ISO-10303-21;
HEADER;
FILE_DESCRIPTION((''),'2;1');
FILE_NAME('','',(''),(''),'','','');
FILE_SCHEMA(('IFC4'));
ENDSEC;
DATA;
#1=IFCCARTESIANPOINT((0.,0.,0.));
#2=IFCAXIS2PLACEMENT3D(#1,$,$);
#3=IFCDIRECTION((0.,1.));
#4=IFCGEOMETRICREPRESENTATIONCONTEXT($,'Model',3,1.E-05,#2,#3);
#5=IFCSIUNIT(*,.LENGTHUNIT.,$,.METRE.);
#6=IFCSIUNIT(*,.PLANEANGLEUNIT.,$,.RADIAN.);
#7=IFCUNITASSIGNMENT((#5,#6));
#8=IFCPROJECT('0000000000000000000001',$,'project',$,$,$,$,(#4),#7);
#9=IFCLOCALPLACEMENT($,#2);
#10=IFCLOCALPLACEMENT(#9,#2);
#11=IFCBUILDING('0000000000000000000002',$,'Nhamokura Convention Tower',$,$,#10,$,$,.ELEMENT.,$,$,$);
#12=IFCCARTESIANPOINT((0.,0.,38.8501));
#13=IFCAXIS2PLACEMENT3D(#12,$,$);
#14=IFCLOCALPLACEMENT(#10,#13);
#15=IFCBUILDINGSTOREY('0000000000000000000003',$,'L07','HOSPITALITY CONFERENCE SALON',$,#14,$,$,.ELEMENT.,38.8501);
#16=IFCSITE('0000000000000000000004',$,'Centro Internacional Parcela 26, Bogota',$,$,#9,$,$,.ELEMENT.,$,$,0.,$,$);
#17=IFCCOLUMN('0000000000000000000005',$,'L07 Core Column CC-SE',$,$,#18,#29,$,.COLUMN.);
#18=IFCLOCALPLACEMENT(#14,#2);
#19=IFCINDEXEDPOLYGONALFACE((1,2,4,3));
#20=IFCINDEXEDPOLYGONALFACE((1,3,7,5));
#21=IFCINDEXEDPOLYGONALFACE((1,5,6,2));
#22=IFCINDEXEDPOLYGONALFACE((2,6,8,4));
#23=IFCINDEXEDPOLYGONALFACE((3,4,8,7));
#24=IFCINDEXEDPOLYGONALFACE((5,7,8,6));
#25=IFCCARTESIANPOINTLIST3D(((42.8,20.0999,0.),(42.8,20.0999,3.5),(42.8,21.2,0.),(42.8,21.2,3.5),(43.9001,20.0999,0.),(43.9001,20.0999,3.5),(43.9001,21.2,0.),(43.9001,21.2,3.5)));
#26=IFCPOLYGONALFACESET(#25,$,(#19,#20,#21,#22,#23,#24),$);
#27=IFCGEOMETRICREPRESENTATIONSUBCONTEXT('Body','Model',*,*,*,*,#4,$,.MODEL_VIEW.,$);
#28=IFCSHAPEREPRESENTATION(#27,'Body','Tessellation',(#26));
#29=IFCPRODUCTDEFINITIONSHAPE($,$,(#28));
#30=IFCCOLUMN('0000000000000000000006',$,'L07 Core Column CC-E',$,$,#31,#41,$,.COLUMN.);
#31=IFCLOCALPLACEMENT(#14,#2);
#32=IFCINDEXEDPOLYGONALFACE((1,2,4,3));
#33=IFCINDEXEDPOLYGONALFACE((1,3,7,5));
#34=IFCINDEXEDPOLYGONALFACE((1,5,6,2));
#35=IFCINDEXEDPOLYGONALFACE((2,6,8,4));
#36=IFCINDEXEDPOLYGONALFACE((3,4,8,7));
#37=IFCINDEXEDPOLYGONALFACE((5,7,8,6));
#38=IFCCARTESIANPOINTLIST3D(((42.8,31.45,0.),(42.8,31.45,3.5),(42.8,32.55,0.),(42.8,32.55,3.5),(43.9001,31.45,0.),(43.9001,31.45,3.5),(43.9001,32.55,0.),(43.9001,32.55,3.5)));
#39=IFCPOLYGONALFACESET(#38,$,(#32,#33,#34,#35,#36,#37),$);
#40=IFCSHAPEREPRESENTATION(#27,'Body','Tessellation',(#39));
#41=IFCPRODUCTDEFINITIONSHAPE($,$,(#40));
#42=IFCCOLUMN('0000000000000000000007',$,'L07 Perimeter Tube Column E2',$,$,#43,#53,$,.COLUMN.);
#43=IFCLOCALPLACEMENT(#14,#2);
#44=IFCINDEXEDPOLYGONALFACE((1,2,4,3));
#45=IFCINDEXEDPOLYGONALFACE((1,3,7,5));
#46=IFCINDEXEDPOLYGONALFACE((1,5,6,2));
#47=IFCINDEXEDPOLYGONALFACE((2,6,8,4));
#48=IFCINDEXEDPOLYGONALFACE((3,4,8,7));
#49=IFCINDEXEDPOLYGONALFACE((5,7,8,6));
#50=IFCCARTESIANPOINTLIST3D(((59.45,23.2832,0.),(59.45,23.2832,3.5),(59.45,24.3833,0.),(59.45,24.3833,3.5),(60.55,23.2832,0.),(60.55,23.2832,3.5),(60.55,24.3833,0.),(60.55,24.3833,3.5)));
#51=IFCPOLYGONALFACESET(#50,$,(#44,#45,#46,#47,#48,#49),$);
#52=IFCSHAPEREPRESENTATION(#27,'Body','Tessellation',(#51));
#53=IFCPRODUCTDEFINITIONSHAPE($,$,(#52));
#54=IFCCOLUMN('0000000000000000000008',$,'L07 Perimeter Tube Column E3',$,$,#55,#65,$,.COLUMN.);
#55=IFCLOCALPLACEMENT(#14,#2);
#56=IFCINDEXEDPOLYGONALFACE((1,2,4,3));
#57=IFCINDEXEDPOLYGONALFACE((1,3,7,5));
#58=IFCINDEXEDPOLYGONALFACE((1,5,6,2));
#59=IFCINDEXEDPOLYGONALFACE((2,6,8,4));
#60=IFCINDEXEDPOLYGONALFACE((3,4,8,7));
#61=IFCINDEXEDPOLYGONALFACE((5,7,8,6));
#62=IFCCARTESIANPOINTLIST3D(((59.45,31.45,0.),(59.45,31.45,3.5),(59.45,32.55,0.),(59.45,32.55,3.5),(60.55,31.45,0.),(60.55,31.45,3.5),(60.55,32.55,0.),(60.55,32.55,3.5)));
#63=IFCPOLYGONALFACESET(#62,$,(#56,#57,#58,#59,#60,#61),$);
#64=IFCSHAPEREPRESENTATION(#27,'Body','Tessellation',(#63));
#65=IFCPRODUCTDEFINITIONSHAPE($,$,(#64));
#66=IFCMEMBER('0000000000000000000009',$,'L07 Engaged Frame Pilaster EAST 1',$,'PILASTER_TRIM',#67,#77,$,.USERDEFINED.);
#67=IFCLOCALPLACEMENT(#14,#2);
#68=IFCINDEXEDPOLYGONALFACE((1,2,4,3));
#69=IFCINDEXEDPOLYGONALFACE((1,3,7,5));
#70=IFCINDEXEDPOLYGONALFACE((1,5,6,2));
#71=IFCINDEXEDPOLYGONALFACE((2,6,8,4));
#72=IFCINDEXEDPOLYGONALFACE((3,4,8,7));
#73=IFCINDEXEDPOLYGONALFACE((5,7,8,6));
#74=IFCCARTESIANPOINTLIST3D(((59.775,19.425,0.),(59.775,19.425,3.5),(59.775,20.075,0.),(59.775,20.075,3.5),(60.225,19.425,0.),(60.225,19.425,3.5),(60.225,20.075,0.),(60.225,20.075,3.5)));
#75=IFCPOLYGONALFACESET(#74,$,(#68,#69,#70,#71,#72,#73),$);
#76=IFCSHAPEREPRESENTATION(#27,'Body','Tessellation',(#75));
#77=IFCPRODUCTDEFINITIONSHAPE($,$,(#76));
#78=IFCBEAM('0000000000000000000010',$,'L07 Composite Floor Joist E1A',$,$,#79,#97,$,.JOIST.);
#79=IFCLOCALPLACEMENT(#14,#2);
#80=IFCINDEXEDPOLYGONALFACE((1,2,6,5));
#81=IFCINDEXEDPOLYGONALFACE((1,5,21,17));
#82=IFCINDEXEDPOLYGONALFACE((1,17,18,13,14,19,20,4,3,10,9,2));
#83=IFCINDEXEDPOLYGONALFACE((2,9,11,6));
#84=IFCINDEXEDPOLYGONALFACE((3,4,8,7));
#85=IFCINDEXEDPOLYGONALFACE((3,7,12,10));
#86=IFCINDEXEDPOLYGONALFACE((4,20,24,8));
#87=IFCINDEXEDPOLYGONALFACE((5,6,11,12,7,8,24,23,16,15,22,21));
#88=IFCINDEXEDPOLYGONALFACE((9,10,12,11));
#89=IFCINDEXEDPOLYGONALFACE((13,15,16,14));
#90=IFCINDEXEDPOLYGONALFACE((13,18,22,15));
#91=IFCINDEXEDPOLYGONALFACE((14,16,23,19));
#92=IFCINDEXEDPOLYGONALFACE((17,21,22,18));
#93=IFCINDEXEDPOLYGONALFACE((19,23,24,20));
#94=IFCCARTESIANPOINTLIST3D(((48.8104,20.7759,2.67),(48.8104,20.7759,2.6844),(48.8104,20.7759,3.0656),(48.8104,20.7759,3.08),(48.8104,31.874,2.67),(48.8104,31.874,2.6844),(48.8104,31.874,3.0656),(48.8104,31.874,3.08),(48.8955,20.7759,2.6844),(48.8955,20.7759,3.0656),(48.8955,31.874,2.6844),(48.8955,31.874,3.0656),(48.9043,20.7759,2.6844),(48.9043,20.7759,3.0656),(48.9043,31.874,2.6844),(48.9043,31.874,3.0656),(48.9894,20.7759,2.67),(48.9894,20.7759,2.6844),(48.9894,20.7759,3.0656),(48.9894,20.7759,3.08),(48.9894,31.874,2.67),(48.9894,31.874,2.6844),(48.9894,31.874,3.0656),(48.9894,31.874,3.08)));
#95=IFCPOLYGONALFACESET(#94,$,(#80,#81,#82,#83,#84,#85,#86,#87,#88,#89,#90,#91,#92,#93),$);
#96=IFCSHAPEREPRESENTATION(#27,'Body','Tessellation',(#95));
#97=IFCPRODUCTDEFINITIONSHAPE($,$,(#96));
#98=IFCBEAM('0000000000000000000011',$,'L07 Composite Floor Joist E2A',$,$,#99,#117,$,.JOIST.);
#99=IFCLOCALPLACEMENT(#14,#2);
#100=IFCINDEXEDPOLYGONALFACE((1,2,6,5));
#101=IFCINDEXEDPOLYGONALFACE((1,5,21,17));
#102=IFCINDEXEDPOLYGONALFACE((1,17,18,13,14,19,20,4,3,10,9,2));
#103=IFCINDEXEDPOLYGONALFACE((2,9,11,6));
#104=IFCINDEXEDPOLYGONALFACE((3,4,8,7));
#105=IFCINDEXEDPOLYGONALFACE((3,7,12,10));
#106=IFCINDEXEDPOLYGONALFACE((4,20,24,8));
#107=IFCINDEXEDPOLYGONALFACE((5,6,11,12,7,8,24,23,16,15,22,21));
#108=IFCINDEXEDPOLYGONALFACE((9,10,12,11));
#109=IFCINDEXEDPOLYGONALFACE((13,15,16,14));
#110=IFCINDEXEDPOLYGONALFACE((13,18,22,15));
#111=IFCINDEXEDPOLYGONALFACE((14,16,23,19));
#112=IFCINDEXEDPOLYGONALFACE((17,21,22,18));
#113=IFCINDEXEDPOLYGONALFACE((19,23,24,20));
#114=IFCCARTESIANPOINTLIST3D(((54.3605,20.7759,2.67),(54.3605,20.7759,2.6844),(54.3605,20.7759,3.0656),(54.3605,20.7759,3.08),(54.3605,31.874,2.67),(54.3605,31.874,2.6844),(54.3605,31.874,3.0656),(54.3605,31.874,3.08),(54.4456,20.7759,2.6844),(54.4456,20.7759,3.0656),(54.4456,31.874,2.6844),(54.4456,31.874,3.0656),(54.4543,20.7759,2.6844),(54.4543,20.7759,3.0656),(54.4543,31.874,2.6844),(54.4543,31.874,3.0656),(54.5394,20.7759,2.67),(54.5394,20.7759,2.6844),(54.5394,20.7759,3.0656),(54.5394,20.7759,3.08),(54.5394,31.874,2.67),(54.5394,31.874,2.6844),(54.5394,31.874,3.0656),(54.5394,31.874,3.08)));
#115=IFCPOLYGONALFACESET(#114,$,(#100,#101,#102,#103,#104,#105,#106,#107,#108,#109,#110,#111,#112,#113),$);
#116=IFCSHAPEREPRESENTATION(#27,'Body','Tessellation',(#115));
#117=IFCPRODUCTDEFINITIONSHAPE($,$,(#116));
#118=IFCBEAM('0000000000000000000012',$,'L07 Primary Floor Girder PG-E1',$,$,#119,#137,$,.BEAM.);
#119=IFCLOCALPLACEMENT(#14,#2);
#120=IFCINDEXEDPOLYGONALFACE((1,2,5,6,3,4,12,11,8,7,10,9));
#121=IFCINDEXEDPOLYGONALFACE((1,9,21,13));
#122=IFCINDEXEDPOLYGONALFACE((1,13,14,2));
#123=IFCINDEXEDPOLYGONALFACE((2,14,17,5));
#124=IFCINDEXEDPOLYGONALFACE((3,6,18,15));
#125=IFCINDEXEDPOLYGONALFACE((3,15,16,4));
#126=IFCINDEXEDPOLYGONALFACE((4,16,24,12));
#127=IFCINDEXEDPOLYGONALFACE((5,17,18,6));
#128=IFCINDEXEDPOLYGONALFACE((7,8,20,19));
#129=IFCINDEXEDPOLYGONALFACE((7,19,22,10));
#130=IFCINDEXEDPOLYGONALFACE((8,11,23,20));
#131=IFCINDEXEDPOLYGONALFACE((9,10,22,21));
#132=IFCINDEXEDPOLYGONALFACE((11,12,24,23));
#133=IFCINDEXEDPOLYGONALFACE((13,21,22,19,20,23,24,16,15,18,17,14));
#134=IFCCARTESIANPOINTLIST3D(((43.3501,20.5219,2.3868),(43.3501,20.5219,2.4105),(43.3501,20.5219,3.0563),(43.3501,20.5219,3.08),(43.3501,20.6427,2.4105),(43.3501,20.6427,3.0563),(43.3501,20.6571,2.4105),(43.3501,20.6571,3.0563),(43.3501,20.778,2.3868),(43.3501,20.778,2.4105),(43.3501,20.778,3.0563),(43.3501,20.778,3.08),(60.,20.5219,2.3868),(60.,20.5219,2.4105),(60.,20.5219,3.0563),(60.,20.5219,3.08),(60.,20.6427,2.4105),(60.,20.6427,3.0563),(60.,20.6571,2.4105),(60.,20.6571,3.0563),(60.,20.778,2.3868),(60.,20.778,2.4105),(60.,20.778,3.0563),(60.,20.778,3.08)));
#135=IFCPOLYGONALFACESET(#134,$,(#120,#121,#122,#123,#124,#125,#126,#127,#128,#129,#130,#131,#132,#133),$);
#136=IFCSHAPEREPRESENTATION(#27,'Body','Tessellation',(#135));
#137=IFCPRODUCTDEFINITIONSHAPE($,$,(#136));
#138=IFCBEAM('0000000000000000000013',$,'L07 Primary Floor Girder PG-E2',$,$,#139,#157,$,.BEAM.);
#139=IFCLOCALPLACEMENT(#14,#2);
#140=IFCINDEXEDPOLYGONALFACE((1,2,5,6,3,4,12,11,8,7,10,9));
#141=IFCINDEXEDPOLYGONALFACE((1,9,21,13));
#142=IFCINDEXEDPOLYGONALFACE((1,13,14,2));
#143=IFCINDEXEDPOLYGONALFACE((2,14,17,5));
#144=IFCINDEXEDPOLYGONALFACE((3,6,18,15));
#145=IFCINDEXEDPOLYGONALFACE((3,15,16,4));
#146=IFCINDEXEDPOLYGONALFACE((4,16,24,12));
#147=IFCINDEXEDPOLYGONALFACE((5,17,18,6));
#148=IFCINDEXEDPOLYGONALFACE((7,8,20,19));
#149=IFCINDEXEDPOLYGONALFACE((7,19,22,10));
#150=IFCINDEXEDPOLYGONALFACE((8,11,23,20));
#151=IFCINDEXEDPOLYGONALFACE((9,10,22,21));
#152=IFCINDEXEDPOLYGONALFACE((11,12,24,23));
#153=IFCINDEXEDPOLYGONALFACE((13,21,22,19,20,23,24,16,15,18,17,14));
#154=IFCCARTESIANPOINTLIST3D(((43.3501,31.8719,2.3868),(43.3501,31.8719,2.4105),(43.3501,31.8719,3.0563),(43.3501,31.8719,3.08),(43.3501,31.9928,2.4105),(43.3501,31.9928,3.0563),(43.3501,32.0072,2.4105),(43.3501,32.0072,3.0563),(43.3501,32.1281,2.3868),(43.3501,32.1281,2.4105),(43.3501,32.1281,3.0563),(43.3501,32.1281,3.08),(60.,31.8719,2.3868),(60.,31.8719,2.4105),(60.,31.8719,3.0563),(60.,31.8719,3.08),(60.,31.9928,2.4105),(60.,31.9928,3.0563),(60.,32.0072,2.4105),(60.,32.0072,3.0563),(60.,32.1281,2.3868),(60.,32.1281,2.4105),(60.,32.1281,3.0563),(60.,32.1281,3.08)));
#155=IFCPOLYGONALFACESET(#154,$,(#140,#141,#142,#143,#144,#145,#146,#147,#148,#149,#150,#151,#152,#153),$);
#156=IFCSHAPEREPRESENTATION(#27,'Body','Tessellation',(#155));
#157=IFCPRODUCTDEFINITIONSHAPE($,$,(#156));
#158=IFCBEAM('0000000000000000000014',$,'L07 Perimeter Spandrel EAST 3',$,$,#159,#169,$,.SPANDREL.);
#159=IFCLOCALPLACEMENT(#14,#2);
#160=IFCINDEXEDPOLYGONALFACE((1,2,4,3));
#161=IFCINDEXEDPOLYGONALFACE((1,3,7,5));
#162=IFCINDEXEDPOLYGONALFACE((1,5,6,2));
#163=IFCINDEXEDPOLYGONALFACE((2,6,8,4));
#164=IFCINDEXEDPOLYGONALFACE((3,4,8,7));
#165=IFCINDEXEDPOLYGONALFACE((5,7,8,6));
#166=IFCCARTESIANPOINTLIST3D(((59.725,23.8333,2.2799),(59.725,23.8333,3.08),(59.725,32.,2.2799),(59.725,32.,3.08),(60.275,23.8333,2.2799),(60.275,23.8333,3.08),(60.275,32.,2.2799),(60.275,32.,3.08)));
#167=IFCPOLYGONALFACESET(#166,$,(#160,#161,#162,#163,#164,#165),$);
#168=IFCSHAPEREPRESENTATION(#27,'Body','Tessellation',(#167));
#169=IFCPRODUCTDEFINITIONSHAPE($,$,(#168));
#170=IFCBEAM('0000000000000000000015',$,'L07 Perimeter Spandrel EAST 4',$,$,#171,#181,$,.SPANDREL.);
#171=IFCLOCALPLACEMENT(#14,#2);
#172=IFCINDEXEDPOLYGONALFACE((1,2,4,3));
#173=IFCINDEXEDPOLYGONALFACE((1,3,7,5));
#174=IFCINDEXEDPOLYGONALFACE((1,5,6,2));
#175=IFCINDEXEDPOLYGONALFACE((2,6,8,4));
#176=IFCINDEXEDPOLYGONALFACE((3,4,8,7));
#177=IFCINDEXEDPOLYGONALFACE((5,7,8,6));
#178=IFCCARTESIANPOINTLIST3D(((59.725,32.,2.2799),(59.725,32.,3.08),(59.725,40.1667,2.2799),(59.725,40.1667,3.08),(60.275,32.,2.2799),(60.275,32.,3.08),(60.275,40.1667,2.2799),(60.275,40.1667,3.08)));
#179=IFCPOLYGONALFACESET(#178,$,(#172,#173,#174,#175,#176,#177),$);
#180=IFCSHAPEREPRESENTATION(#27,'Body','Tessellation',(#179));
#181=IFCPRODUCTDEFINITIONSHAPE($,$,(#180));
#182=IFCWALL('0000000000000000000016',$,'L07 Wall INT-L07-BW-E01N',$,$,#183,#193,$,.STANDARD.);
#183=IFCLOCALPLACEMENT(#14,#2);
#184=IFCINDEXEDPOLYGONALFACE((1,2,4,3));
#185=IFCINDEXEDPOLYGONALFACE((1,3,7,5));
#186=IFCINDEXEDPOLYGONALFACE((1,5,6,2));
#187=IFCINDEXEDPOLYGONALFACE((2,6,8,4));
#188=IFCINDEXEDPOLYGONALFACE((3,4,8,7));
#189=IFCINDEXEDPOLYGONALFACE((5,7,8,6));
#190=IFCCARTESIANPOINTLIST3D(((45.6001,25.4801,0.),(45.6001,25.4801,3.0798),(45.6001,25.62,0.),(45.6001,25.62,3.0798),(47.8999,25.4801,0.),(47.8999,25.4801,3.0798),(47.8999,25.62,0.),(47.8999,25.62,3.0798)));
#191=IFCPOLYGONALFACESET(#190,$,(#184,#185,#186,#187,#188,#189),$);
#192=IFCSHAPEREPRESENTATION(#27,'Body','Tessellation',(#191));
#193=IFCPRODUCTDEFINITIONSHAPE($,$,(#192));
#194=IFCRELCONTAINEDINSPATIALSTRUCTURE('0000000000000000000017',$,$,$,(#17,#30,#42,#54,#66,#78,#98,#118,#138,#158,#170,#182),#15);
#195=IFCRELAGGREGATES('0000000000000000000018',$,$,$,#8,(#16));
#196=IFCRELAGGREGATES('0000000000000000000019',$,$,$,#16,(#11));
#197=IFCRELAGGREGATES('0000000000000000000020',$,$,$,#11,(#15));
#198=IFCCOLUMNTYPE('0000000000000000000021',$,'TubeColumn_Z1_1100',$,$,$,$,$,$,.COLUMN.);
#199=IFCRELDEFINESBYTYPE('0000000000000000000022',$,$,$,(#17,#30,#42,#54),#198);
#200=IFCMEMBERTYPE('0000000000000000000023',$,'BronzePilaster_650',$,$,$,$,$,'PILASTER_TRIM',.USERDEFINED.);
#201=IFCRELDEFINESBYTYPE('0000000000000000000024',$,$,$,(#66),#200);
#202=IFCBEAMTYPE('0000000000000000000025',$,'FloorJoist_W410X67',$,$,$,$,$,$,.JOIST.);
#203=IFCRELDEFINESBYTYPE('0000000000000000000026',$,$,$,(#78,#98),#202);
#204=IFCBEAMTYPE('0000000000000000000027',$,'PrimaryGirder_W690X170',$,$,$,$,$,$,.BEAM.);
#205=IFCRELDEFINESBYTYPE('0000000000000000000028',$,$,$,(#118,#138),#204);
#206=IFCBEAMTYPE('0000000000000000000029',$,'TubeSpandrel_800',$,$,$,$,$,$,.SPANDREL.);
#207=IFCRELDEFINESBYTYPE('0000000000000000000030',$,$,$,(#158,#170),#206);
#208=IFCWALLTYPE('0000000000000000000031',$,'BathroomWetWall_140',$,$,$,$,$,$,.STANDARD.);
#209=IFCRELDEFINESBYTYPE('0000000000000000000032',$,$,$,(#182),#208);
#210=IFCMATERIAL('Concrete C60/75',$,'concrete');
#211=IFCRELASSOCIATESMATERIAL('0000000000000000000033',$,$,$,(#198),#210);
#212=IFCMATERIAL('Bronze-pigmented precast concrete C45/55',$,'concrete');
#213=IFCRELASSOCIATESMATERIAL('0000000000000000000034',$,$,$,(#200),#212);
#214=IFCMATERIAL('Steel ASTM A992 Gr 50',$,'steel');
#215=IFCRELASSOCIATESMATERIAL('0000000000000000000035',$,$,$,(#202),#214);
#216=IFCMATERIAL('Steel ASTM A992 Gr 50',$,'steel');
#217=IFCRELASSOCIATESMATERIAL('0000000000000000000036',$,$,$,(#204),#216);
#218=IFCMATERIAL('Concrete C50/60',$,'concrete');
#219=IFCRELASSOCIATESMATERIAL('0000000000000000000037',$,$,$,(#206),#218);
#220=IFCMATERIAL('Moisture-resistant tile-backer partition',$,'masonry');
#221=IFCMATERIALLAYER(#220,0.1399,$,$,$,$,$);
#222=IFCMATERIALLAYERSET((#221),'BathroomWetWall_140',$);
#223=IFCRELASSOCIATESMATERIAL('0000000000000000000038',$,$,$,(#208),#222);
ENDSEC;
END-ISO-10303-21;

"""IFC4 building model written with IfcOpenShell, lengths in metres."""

from ifc_helpers import new_model, si_unit, direction, frame, frame_2d, origin, origin_2d, place, context, subcontext, project, spatial, rectangle, i_section, extrude, material, layer, layer_set, material_profile, profile_set, type_object, element, save


model = new_model("IFC4")

# Units and contexts
model_context = context("Model", 3, precision=1e-05, world=origin(), true_north=direction((0.0, 1.0)))
body_context = subcontext(model_context, "Body", "Model", "MODEL_VIEW")
ifc_project = project(units=[si_unit("LENGTHUNIT", "METRE"), si_unit("PLANEANGLEUNIT", "RADIAN")], contexts=[model_context])

# Site, building, storey
site_placement = place(None, origin())
site = spatial("IfcSite", under=ifc_project, at=site_placement, Name="Centro Internacional Parcela 26, Bogota", CompositionType="ELEMENT", RefElevation=0.0)
building_placement = place(site_placement, origin())
building = spatial("IfcBuilding", under=site, at=building_placement, Name="Nhamokura Convention Tower", CompositionType="ELEMENT")
storey_placement = place(building_placement, frame((0.0, 0.0, 38.8501)))
storey = spatial("IfcBuildingStorey", under=building, at=storey_placement, Name="L07", Description="HOSPITALITY CONFERENCE SALON", CompositionType="ELEMENT", Elevation=38.8501)

# Columns
ifc_material_1 = material(Name="Concrete C60/75", Category="concrete")
ifc_material_profile_1 = material_profile(ifc_material_1, rectangle(XDim=1.1001, YDim=1.1001, at=origin_2d()))
ifc_profile_set_1 = profile_set([ifc_material_profile_1], Name="Concrete C60/75")
column_type = type_object("IfcColumnType", Name="TubeColumn_Z1_1100", PredefinedType="COLUMN", material=ifc_profile_set_1)
for number, where, z_axis, x_axis, name in (
    (1, (43.3501, 20.6499, 0.0), (0.0, 0.0, 1.0), (1.0, 0.0, 0.0), "L07 Core Column CC-SE"),
    (2, (43.3501, 32.0, 0.0), (0.0, 0.0, 1.0), (1.0, 0.0, 0.0), "L07 Core Column CC-E"),
    (3, (60.0, 23.8333, 0.0), (0.0, 0.0, 1.0), (1.0, 0.0, 0.0), "L07 Perimeter Tube Column E2"),
    (4, (60.0, 32.0, 0.0), (0.0, 0.0, 1.0), (1.0, 0.0, 0.0), "L07 Perimeter Tube Column E3"),
):
    element("IfcColumn", number, at=place(storey_placement, frame(where, z_axis=z_axis, x_axis=x_axis)), inside=storey, type_object=column_type, Name=name, PredefinedType="COLUMN", context=body_context, shape_type="SweptSolid", body=[
        extrude(rectangle(XDim=1.1001, YDim=1.1001, at=origin_2d()), origin(), (0.0, 0.0, 1.0), 3.5),
    ])

# Member
ifc_material_2 = material(Name="Bronze-pigmented precast concrete C45/55", Category="concrete")
ifc_material_profile_2 = material_profile(ifc_material_2, rectangle(XDim=0.45, YDim=0.6499, at=origin_2d()))
ifc_profile_set_2 = profile_set([ifc_material_profile_2], Name="Bronze-pigmented precast concrete C45/55")
member_type = type_object("IfcMemberType", Name="BronzePilaster_650", ElementType="PILASTER_TRIM", PredefinedType="USERDEFINED", material=ifc_profile_set_2)
member_placement = place(storey_placement, frame((60.0, 19.75, 0.0), z_axis=(0.0, 0.0, 1.0), x_axis=(1.0, 0.0, 0.0)))
element("IfcMember", 5, at=member_placement, inside=storey, type_object=member_type, Name="L07 Engaged Frame Pilaster EAST 1", ObjectType="PILASTER_TRIM", PredefinedType="USERDEFINED", context=body_context, shape_type="SweptSolid", body=[
    extrude(rectangle(XDim=0.45, YDim=0.6499, at=origin_2d()), origin(), (0.0, 0.0, 1.0), 3.5),
])

# Beams
ifc_material_3 = material(Name="Steel ASTM A992 Gr 50", Category="steel")
ifc_material_profile_3 = material_profile(ifc_material_3, i_section(OverallWidth=0.179, OverallDepth=0.4099, WebThickness=0.0088, FlangeThickness=0.0144, at=origin_2d()))
ifc_profile_set_3 = profile_set([ifc_material_profile_3], Name="Steel ASTM A992 Gr 50")
beam_type_1 = type_object("IfcBeamType", Name="FloorJoist_W410X67", PredefinedType="JOIST", material=ifc_profile_set_3)
for number, where, z_axis, x_axis, name in (
    (6, (48.8999, 20.7759, 2.875), (0.0, 1.0, 0.0), (-1.0, 0.0, 0.0), "L07 Composite Floor Joist E1A"),
    (7, (54.45, 20.7759, 2.875), (0.0, 1.0, 0.0), (-1.0, 0.0, 0.0), "L07 Composite Floor Joist E2A"),
):
    element("IfcBeam", number, at=place(storey_placement, frame(where, z_axis=z_axis, x_axis=x_axis)), inside=storey, type_object=beam_type_1, Name=name, PredefinedType="JOIST", context=body_context, shape_type="SweptSolid", body=[
        extrude(i_section(OverallWidth=0.179, OverallDepth=0.4099, WebThickness=0.0088, FlangeThickness=0.0144, at=origin_2d()), origin(), (0.0, 0.0, 1.0), 11.0981),
    ])
ifc_material_4 = material(Name="Steel ASTM A992 Gr 50", Category="steel")
ifc_material_profile_4 = material_profile(ifc_material_4, i_section(OverallWidth=0.2561, OverallDepth=0.6931, WebThickness=0.0144, FlangeThickness=0.0237, at=origin_2d()))
ifc_profile_set_4 = profile_set([ifc_material_profile_4], Name="Steel ASTM A992 Gr 50")
beam_type_2 = type_object("IfcBeamType", Name="PrimaryGirder_W690X170", PredefinedType="BEAM", material=ifc_profile_set_4)
for number, where, z_axis, x_axis, name in (
    (8, (43.3501, 20.6499, 2.7334), (1.0, 0.0, 0.0), (0.0, 1.0, 0.0), "L07 Primary Floor Girder PG-E1"),
    (9, (43.3501, 32.0, 2.7334), (1.0, 0.0, 0.0), (0.0, 1.0, 0.0), "L07 Primary Floor Girder PG-E2"),
):
    element("IfcBeam", number, at=place(storey_placement, frame(where, z_axis=z_axis, x_axis=x_axis)), inside=storey, type_object=beam_type_2, Name=name, PredefinedType="BEAM", context=body_context, shape_type="SweptSolid", body=[
        extrude(i_section(OverallWidth=0.2561, OverallDepth=0.6931, WebThickness=0.0144, FlangeThickness=0.0237, at=origin_2d()), origin(), (0.0, 0.0, 1.0), 16.6499),
    ])
ifc_material_5 = material(Name="Concrete C50/60", Category="concrete")
ifc_material_profile_5 = material_profile(ifc_material_5, rectangle(XDim=0.55, YDim=0.8, at=origin_2d()))
ifc_profile_set_5 = profile_set([ifc_material_profile_5], Name="Concrete C50/60")
beam_type_3 = type_object("IfcBeamType", Name="TubeSpandrel_800", PredefinedType="SPANDREL", material=ifc_profile_set_5)
for number, where, z_axis, x_axis, name in (
    (10, (60.0, 23.8333, 2.6799), (0.0, 1.0, 0.0), (-1.0, 0.0, 0.0), "L07 Perimeter Spandrel EAST 3"),
    (11, (60.0, 32.0, 2.6799), (0.0, 1.0, 0.0), (-1.0, 0.0, 0.0), "L07 Perimeter Spandrel EAST 4"),
):
    element("IfcBeam", number, at=place(storey_placement, frame(where, z_axis=z_axis, x_axis=x_axis)), inside=storey, type_object=beam_type_3, Name=name, PredefinedType="SPANDREL", context=body_context, shape_type="SweptSolid", body=[
        extrude(rectangle(XDim=0.55, YDim=0.8, at=origin_2d()), origin(), (0.0, 0.0, 1.0), 8.1667),
    ])

# Wall
ifc_material_6 = material(Name="Moisture-resistant tile-backer partition", Category="masonry")
ifc_layer_1 = layer(ifc_material_6, 0.1399)
ifc_layer_set_1 = layer_set([ifc_layer_1], Name="BathroomWetWall_140")
wall_type_1 = type_object("IfcWallType", Name="BathroomWetWall_140", PredefinedType="STANDARD", material=ifc_layer_set_1)
wall_1_placement = place(storey_placement, frame((45.6001, 25.55, 0.0), z_axis=(0.0, 0.0, 1.0), x_axis=(1.0, 0.0, 0.0)))
element("IfcWall", 12, at=wall_1_placement, inside=storey, type_object=wall_type_1, Name="L07 Wall INT-L07-BW-E01N", PredefinedType="STANDARD", context=body_context, shape_type="SweptSolid", body=[
    extrude(rectangle(XDim=2.2998, YDim=0.1399, at=frame_2d((1.1499, 0.0))), origin(), (0.0, 0.0, 1.0), 3.0798),
])

save(model, "model.ifc")
